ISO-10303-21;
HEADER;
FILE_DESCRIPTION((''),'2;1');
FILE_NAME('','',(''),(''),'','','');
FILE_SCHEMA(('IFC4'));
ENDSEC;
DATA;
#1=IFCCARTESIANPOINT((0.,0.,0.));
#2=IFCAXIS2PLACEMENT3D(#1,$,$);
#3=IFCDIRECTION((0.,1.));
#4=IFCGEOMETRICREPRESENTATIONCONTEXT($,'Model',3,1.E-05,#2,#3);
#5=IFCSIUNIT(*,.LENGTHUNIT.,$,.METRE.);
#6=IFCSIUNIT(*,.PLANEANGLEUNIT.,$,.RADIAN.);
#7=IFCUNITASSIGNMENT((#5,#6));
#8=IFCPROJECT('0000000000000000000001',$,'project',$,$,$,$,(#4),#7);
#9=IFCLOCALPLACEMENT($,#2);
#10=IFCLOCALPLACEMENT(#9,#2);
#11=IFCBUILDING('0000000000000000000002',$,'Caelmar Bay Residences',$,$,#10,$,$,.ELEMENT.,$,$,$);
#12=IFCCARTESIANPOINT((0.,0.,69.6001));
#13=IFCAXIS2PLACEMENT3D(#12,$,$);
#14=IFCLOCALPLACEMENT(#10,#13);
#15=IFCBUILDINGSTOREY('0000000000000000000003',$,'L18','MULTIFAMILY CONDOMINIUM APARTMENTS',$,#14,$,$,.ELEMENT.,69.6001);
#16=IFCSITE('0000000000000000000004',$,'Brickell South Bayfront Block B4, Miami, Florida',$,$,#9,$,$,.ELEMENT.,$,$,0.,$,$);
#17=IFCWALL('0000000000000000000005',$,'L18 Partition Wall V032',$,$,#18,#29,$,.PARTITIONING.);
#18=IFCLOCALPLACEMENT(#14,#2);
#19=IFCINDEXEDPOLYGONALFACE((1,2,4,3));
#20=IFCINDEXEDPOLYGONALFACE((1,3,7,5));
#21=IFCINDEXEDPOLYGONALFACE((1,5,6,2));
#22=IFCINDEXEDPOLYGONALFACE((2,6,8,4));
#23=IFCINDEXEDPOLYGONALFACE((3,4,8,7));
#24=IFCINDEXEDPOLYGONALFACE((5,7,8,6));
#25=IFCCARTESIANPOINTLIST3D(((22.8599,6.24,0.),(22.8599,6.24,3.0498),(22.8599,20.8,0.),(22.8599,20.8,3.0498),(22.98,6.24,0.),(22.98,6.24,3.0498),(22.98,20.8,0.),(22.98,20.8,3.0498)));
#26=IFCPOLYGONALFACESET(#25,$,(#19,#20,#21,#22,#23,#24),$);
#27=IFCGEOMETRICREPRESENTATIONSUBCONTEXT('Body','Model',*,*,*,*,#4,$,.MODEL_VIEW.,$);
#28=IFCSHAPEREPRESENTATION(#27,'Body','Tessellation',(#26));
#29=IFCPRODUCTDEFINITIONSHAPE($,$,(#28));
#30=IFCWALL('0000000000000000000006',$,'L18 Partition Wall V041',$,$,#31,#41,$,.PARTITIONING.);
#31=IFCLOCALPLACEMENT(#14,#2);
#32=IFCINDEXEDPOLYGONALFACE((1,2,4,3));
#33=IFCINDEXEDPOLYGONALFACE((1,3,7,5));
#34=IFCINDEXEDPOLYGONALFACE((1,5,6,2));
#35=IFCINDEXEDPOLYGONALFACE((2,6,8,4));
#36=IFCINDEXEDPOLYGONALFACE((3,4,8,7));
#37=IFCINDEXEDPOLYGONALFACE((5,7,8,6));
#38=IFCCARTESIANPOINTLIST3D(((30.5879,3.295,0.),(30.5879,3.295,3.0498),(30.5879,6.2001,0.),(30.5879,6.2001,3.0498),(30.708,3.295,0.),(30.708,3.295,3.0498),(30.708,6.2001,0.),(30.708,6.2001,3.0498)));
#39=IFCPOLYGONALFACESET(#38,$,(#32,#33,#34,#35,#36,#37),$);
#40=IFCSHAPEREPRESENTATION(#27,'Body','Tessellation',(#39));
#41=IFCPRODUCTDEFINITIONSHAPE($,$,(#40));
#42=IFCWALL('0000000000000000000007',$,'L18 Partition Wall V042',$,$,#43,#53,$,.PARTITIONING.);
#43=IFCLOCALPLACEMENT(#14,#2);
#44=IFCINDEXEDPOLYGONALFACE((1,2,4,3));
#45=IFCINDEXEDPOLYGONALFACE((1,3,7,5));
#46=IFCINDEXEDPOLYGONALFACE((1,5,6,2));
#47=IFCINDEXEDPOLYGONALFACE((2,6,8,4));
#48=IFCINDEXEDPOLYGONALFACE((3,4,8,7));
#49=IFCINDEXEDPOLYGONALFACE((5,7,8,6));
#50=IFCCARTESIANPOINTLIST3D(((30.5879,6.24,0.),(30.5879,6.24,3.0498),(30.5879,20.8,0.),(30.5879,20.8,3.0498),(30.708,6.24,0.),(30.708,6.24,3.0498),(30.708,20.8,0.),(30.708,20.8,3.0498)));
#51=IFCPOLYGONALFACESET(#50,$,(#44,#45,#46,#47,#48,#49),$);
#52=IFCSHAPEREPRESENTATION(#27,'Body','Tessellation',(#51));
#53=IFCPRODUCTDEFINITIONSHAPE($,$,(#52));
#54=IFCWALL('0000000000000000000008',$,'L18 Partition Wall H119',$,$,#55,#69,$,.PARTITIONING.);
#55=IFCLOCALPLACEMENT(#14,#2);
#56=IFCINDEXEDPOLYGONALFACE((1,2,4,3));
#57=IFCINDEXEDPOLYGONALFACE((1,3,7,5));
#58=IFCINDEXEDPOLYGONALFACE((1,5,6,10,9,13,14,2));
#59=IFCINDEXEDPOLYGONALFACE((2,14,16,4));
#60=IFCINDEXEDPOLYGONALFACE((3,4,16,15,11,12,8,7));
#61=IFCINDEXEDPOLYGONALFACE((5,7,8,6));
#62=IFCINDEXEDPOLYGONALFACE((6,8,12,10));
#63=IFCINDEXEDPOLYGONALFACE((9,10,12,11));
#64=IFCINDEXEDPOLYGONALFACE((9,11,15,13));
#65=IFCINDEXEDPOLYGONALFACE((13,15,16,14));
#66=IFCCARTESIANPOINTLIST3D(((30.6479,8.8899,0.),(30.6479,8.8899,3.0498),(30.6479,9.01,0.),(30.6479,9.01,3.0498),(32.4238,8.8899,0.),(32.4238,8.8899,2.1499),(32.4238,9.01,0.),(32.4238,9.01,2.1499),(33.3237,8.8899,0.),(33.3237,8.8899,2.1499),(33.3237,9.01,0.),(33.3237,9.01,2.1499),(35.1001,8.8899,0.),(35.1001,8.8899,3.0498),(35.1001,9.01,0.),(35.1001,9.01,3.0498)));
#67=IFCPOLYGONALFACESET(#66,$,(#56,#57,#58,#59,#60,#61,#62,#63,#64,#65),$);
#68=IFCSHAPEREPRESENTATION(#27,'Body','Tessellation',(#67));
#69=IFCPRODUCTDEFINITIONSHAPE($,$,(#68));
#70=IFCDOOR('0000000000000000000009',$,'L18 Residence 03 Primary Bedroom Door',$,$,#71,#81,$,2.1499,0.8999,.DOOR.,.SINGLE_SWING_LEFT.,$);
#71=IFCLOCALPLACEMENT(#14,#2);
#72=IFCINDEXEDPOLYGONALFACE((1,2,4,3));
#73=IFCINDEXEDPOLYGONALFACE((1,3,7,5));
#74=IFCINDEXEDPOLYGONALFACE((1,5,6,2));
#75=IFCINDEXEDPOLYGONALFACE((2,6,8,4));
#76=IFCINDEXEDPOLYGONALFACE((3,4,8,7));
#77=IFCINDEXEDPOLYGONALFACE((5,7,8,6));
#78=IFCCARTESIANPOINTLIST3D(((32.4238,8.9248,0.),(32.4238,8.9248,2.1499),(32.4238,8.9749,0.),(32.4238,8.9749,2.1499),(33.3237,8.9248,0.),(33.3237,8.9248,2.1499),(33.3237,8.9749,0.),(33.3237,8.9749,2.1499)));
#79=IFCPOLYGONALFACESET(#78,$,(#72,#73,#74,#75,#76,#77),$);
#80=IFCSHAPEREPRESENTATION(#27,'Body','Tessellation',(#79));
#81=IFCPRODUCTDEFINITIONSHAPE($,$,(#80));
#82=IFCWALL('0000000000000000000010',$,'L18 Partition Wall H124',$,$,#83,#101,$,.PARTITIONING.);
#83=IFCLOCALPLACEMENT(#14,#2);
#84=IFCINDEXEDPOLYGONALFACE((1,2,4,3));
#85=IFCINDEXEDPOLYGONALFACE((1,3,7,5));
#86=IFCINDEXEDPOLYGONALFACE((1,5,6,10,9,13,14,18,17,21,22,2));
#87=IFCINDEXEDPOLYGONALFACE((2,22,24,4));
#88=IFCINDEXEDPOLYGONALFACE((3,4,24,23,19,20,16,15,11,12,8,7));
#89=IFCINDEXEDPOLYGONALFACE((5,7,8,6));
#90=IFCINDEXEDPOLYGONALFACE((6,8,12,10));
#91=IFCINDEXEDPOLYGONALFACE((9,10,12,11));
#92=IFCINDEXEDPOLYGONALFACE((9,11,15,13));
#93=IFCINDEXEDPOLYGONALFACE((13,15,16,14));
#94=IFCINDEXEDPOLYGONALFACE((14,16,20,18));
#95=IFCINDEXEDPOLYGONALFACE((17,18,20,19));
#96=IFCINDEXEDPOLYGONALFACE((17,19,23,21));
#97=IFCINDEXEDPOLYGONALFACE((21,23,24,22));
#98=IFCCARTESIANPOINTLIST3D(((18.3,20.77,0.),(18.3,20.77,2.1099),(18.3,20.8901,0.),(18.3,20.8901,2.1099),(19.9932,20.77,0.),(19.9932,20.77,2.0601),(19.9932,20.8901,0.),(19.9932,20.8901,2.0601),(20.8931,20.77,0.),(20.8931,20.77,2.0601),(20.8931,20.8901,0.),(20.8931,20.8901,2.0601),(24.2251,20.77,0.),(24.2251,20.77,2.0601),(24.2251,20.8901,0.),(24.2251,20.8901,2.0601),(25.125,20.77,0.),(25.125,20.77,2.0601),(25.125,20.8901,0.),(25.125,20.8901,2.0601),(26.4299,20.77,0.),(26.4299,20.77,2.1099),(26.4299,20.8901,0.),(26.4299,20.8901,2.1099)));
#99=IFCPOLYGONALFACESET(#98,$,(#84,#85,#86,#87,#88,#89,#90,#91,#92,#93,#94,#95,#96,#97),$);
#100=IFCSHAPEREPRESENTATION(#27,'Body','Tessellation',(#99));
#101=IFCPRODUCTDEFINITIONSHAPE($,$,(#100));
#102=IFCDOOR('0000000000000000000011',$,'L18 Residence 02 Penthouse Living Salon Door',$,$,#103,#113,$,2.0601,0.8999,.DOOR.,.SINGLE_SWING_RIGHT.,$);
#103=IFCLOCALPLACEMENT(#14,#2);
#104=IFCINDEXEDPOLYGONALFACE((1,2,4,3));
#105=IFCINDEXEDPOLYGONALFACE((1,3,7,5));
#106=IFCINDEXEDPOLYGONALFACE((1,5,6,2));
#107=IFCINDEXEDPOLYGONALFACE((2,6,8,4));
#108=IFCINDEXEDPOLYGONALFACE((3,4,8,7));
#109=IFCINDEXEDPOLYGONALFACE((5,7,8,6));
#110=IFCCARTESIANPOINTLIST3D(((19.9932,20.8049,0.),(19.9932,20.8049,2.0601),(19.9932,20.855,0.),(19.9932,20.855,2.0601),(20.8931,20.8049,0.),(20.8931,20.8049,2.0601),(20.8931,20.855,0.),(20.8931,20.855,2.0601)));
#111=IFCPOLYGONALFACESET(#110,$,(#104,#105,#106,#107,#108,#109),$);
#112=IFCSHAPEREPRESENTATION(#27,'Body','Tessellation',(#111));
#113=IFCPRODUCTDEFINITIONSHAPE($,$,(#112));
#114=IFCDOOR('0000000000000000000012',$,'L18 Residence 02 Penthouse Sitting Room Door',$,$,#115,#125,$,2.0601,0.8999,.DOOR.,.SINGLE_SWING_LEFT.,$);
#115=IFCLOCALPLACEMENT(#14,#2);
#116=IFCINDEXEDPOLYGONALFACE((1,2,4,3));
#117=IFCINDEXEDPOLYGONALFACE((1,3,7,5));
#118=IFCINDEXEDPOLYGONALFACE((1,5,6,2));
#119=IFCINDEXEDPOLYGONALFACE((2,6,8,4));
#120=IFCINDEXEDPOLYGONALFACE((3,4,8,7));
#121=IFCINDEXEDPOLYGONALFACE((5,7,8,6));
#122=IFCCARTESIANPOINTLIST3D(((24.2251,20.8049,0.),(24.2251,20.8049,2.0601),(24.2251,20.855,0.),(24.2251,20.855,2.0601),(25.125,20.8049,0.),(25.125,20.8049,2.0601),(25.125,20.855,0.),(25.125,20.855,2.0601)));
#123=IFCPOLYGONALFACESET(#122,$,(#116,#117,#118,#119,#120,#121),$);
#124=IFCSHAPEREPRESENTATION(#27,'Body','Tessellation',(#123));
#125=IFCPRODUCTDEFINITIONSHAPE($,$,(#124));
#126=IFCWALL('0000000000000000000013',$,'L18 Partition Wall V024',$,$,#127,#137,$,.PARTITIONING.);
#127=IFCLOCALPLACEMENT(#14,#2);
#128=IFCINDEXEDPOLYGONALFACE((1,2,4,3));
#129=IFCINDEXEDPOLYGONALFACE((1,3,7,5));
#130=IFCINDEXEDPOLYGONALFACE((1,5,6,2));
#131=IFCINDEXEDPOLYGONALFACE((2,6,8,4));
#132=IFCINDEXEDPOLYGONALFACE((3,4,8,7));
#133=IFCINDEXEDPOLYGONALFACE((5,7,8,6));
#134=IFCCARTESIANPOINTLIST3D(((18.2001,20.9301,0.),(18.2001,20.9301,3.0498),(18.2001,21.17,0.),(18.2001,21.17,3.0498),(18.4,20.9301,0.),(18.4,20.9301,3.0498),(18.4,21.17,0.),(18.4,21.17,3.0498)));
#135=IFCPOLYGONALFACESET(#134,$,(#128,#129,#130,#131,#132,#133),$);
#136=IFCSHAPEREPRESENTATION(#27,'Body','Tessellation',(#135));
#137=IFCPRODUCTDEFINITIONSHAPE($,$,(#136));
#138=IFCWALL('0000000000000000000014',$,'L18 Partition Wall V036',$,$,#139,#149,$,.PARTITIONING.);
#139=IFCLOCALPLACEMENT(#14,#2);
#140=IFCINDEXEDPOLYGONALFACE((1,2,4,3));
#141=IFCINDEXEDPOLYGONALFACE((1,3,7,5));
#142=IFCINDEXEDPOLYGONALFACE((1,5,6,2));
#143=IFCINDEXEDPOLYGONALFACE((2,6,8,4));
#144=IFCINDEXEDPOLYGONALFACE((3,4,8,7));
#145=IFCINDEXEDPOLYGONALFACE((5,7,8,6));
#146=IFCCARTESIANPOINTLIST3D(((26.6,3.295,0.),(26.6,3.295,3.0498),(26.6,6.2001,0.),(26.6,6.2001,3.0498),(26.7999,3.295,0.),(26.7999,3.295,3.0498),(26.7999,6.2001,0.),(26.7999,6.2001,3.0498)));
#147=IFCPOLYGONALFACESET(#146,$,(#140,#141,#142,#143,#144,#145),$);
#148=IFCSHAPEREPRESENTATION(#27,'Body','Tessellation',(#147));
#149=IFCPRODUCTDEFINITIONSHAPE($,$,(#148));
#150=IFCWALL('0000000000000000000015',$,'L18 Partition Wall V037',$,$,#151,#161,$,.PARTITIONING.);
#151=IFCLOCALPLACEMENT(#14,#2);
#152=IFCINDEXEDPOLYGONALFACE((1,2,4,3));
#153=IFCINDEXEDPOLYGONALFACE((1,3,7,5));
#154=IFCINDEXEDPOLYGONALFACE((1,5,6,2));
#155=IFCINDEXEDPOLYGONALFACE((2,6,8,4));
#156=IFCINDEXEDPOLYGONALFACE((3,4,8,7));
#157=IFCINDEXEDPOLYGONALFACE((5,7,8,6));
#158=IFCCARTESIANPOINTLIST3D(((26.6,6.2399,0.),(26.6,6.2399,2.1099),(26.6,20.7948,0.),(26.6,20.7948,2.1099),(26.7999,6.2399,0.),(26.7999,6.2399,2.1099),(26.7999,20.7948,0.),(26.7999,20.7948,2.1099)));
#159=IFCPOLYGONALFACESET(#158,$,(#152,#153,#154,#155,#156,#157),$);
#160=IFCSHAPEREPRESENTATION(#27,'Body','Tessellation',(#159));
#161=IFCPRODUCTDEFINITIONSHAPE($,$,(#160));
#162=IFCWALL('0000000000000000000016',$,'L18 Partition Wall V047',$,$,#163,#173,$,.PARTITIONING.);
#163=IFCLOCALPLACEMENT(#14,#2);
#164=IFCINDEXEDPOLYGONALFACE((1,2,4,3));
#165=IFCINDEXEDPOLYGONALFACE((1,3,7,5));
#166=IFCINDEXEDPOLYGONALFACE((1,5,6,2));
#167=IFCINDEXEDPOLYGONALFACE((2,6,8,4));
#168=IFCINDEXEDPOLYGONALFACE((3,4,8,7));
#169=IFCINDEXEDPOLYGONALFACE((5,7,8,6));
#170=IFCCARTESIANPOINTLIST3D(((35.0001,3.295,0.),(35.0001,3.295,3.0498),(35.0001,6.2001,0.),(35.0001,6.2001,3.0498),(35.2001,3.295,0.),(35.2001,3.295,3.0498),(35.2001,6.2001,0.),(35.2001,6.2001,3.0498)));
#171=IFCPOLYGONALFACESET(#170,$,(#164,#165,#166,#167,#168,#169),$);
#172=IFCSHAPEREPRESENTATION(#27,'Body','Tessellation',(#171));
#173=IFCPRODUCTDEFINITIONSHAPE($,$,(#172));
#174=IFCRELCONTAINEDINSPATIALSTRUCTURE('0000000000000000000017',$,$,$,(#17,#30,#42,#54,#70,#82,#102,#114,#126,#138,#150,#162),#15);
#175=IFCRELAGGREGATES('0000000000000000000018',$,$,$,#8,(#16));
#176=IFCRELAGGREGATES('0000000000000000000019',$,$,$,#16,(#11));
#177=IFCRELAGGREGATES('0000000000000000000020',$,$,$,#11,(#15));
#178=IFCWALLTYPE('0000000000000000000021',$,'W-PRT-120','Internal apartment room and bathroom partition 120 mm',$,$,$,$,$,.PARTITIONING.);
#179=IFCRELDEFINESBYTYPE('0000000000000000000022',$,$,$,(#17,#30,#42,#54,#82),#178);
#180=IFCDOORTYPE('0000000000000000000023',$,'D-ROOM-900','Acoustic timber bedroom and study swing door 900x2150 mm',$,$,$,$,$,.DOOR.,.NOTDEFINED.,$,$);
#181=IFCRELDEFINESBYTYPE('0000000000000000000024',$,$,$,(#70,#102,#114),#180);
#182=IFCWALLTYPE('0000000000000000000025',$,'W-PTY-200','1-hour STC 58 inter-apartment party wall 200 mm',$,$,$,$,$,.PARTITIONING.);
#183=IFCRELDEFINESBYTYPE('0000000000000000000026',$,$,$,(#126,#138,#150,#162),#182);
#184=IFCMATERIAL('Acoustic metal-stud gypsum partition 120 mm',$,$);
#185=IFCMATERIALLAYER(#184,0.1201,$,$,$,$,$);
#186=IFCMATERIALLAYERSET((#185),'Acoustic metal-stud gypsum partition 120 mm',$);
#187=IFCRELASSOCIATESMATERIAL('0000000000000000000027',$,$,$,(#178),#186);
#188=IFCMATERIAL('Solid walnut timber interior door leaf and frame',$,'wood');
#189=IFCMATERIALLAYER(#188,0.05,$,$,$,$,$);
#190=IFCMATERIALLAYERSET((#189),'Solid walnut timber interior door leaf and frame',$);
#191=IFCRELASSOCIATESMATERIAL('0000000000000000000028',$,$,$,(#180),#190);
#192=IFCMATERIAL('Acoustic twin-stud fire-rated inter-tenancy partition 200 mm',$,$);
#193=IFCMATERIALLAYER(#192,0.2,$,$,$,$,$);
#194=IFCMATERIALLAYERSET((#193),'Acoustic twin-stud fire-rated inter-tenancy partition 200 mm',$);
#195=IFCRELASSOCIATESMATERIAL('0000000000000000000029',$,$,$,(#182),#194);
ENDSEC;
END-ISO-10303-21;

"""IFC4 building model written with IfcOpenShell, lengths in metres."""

from ifc_helpers import new_model, si_unit, direction, frame, frame_2d, origin, place, context, subcontext, project, spatial, rectangle, extrude, material, layer, layer_set, type_object, element, fill, save


model = new_model("IFC4")

# Units and contexts
model_context = context("Model", 3, precision=1e-05, world=origin(), true_north=direction((0.0, 1.0)))
body_context = subcontext(model_context, "Body", "Model", "MODEL_VIEW")
ifc_project = project(units=[si_unit("LENGTHUNIT", "METRE"), si_unit("PLANEANGLEUNIT", "RADIAN")], contexts=[model_context])

# Site, building, storey
site_placement = place(None, origin())
site = spatial("IfcSite", under=ifc_project, at=site_placement, Name="Brickell South Bayfront Block B4, Miami, Florida", CompositionType="ELEMENT", RefElevation=0.0)
building_placement = place(site_placement, origin())
building = spatial("IfcBuilding", under=site, at=building_placement, Name="Caelmar Bay Residences", CompositionType="ELEMENT")
storey_placement = place(building_placement, frame((0.0, 0.0, 69.6001)))
storey = spatial("IfcBuildingStorey", under=building, at=storey_placement, Name="L18", Description="MULTIFAMILY CONDOMINIUM APARTMENTS", CompositionType="ELEMENT", Elevation=69.6001)

# Walls
ifc_material_1 = material(Name="Acoustic metal-stud gypsum partition 120 mm")
ifc_layer_1 = layer(ifc_material_1, 0.1201)
ifc_layer_set_1 = layer_set([ifc_layer_1], Name="Acoustic metal-stud gypsum partition 120 mm")
wall_type_1 = type_object("IfcWallType", Name="W-PRT-120", Description="Internal apartment room and bathroom partition 120 mm", PredefinedType="PARTITIONING", material=ifc_layer_set_1)
wall_1_placement = place(storey_placement, frame((22.9199, 6.24, 0.0), z_axis=(0.0, 0.0, 1.0), x_axis=(0.0, 1.0, 0.0)))
element("IfcWall", 1, at=wall_1_placement, inside=storey, type_object=wall_type_1, Name="L18 Partition Wall V032", PredefinedType="PARTITIONING", context=body_context, shape_type="SweptSolid", body=[
    extrude(rectangle(XDim=14.5601, YDim=0.1201, at=frame_2d((7.28, 0.0))), origin(), (0.0, 0.0, 1.0), 3.0498),
])
wall_2_placement = place(storey_placement, frame((30.6479, 3.2949, 0.0), z_axis=(0.0, 0.0, 1.0), x_axis=(0.0, 1.0, 0.0)))
element("IfcWall", 2, at=wall_2_placement, inside=storey, type_object=wall_type_1, Name="L18 Partition Wall V041", PredefinedType="PARTITIONING", context=body_context, shape_type="SweptSolid", body=[
    extrude(rectangle(XDim=2.905, YDim=0.1201, at=frame_2d((1.4526, 0.0))), origin(), (0.0, 0.0, 1.0), 3.0498),
])
wall_3_placement = place(storey_placement, frame((30.6479, 6.24, 0.0), z_axis=(0.0, 0.0, 1.0), x_axis=(0.0, 1.0, 0.0)))
element("IfcWall", 3, at=wall_3_placement, inside=storey, type_object=wall_type_1, Name="L18 Partition Wall V042", PredefinedType="PARTITIONING", context=body_context, shape_type="SweptSolid", body=[
    extrude(rectangle(XDim=14.5601, YDim=0.1201, at=frame_2d((7.28, 0.0))), origin(), (0.0, 0.0, 1.0), 3.0498),
])

# Wall, opening, door
ifc_material_2 = material(Name="Solid walnut timber interior door leaf and frame", Category="wood")
ifc_layer_2 = layer(ifc_material_2, 0.05)
ifc_layer_set_2 = layer_set([ifc_layer_2], Name="Solid walnut timber interior door leaf and frame")
door_type = type_object("IfcDoorType", Name="D-ROOM-900", Description="Acoustic timber bedroom and study swing door 900x2150 mm", OperationType="NOTDEFINED", PredefinedType="DOOR", material=ifc_layer_set_2)
wall_4_placement = place(storey_placement, frame((30.6479, 8.95, 0.0), z_axis=(0.0, 0.0, 1.0), x_axis=(1.0, 0.0, 0.0)))
wall_4 = element("IfcWall", 4, at=wall_4_placement, inside=storey, type_object=wall_type_1, Name="L18 Partition Wall H119", PredefinedType="PARTITIONING", context=body_context, shape_type="SweptSolid", body=[
    extrude(rectangle(XDim=4.4521, YDim=0.1201, at=frame_2d((2.2261, 0.0))), origin(), (0.0, 0.0, 1.0), 3.0498),
])
opening_1_placement = place(wall_4_placement, frame((1.7759, 0.0, 0.0)))
opening_1 = element("IfcOpeningElement", 5, at=opening_1_placement, cuts=wall_4, PredefinedType="OPENING", context=body_context, shape_type="SweptSolid", body=[
    extrude(rectangle(XDim=0.8999, YDim=2.1499, at=frame_2d((0.45, 1.075))), frame((0.0, 0.0701, 0.0), z_axis=(0.0, -1.0, 0.0), x_axis=(1.0, 0.0, 0.0)), (0.0, 0.0, 1.0), 0.1401),
])
door_1_placement = place(opening_1_placement, origin())
door_1 = element("IfcDoor", 6, at=door_1_placement, inside=storey, type_object=door_type, Name="L18 Residence 03 Primary Bedroom Door", OperationType="SINGLE_SWING_LEFT", OverallHeight=2.1499, OverallWidth=0.8999, PredefinedType="DOOR", context=body_context, shape_type="SweptSolid", body=[
    extrude(rectangle(XDim=0.8999, YDim=2.1499, at=frame_2d((0.45, 1.075))), frame((0.0, 0.0249, 0.0), z_axis=(0.0, -1.0, 0.0), x_axis=(1.0, 0.0, 0.0)), (0.0, 0.0, 1.0), 0.05),
])
fill(opening_1, door_1)

# Wall, openings, doors
wall_5_placement = place(storey_placement, frame((18.3, 20.8301, 0.0), z_axis=(0.0, 0.0, 1.0), x_axis=(1.0, 0.0, 0.0)))
wall_5 = element("IfcWall", 7, at=wall_5_placement, inside=storey, type_object=wall_type_1, Name="L18 Partition Wall H124", PredefinedType="PARTITIONING", context=body_context, shape_type="SweptSolid", body=[
    extrude(rectangle(XDim=8.1299, YDim=0.1201, at=frame_2d((4.0649, 0.0))), origin(), (0.0, 0.0, 1.0), 2.1099),
])
opening_2_placement = place(wall_5_placement, frame((1.6931, 0.0, 0.0)))
opening_2 = element("IfcOpeningElement", 8, at=opening_2_placement, cuts=wall_5, PredefinedType="OPENING", context=body_context, shape_type="SweptSolid", body=[
    extrude(rectangle(XDim=0.8999, YDim=2.0601, at=frame_2d((0.45, 1.03))), frame((0.0, 0.0701, 0.0), z_axis=(0.0, -1.0, 0.0), x_axis=(1.0, 0.0, 0.0)), (0.0, 0.0, 1.0), 0.1401),
])
opening_3_placement = place(wall_5_placement, frame((5.925, 0.0, 0.0)))
opening_3 = element("IfcOpeningElement", 9, at=opening_3_placement, cuts=wall_5, PredefinedType="OPENING", context=body_context, shape_type="SweptSolid", body=[
    extrude(rectangle(XDim=0.8999, YDim=2.0601, at=frame_2d((0.45, 1.03))), frame((0.0, 0.0701, 0.0), z_axis=(0.0, -1.0, 0.0), x_axis=(1.0, 0.0, 0.0)), (0.0, 0.0, 1.0), 0.1401),
])
door_2_placement = place(opening_2_placement, origin())
door_2 = element("IfcDoor", 10, at=door_2_placement, inside=storey, type_object=door_type, Name="L18 Residence 02 Penthouse Living Salon Door", OperationType="SINGLE_SWING_RIGHT", OverallHeight=2.0601, OverallWidth=0.8999, PredefinedType="DOOR", context=body_context, shape_type="SweptSolid", body=[
    extrude(rectangle(XDim=0.8999, YDim=2.0601, at=frame_2d((0.45, 1.03))), frame((0.0, 0.0249, 0.0), z_axis=(0.0, -1.0, 0.0), x_axis=(1.0, 0.0, 0.0)), (0.0, 0.0, 1.0), 0.05),
])
fill(opening_2, door_2)
door_3_placement = place(opening_3_placement, origin())
door_3 = element("IfcDoor", 11, at=door_3_placement, inside=storey, type_object=door_type, Name="L18 Residence 02 Penthouse Sitting Room Door", OperationType="SINGLE_SWING_LEFT", OverallHeight=2.0601, OverallWidth=0.8999, PredefinedType="DOOR", context=body_context, shape_type="SweptSolid", body=[
    extrude(rectangle(XDim=0.8999, YDim=2.0601, at=frame_2d((0.45, 1.03))), frame((0.0, 0.0249, 0.0), z_axis=(0.0, -1.0, 0.0), x_axis=(1.0, 0.0, 0.0)), (0.0, 0.0, 1.0), 0.05),
])
fill(opening_3, door_3)

# Walls
ifc_material_3 = material(Name="Acoustic twin-stud fire-rated inter-tenancy partition 200 mm")
ifc_layer_3 = layer(ifc_material_3, 0.2)
ifc_layer_set_3 = layer_set([ifc_layer_3], Name="Acoustic twin-stud fire-rated inter-tenancy partition 200 mm")
wall_type_2 = type_object("IfcWallType", Name="W-PTY-200", Description="1-hour STC 58 inter-apartment party wall 200 mm", PredefinedType="PARTITIONING", material=ifc_layer_set_3)
wall_6_placement = place(storey_placement, frame((18.3, 20.9299, 0.0), z_axis=(0.0, 0.0, 1.0), x_axis=(0.0, 1.0, 0.0)))
element("IfcWall", 12, at=wall_6_placement, inside=storey, type_object=wall_type_2, Name="L18 Partition Wall V024", PredefinedType="PARTITIONING", context=body_context, shape_type="SweptSolid", body=[
    extrude(rectangle(XDim=0.24, YDim=0.2, at=frame_2d((0.1201, 0.0))), origin(), (0.0, 0.0, 1.0), 3.0498),
])
wall_7_placement = place(storey_placement, frame((26.7, 3.2949, 0.0), z_axis=(0.0, 0.0, 1.0), x_axis=(0.0, 1.0, 0.0)))
element("IfcWall", 13, at=wall_7_placement, inside=storey, type_object=wall_type_2, Name="L18 Partition Wall V036", PredefinedType="PARTITIONING", context=body_context, shape_type="SweptSolid", body=[
    extrude(rectangle(XDim=2.905, YDim=0.2, at=frame_2d((1.4526, 0.0))), origin(), (0.0, 0.0, 1.0), 3.0498),
])
wall_8_placement = place(storey_placement, frame((26.7, 6.24, 0.0), z_axis=(0.0, 0.0, 1.0), x_axis=(0.0, 1.0, 0.0)))
element("IfcWall", 14, at=wall_8_placement, inside=storey, type_object=wall_type_2, Name="L18 Partition Wall V037", PredefinedType="PARTITIONING", context=body_context, shape_type="SweptSolid", body=[
    extrude(rectangle(XDim=14.5549, YDim=0.2, at=frame_2d((7.2773, 0.0))), origin(), (0.0, 0.0, 1.0), 2.1099),
])
wall_9_placement = place(storey_placement, frame((35.1001, 3.2949, 0.0), z_axis=(0.0, 0.0, 1.0), x_axis=(0.0, 1.0, 0.0)))
element("IfcWall", 15, at=wall_9_placement, inside=storey, type_object=wall_type_2, Name="L18 Partition Wall V047", PredefinedType="PARTITIONING", context=body_context, shape_type="SweptSolid", body=[
    extrude(rectangle(XDim=2.905, YDim=0.2, at=frame_2d((1.4526, 0.0))), origin(), (0.0, 0.0, 1.0), 3.0498),
])

save(model, "model.ifc")
